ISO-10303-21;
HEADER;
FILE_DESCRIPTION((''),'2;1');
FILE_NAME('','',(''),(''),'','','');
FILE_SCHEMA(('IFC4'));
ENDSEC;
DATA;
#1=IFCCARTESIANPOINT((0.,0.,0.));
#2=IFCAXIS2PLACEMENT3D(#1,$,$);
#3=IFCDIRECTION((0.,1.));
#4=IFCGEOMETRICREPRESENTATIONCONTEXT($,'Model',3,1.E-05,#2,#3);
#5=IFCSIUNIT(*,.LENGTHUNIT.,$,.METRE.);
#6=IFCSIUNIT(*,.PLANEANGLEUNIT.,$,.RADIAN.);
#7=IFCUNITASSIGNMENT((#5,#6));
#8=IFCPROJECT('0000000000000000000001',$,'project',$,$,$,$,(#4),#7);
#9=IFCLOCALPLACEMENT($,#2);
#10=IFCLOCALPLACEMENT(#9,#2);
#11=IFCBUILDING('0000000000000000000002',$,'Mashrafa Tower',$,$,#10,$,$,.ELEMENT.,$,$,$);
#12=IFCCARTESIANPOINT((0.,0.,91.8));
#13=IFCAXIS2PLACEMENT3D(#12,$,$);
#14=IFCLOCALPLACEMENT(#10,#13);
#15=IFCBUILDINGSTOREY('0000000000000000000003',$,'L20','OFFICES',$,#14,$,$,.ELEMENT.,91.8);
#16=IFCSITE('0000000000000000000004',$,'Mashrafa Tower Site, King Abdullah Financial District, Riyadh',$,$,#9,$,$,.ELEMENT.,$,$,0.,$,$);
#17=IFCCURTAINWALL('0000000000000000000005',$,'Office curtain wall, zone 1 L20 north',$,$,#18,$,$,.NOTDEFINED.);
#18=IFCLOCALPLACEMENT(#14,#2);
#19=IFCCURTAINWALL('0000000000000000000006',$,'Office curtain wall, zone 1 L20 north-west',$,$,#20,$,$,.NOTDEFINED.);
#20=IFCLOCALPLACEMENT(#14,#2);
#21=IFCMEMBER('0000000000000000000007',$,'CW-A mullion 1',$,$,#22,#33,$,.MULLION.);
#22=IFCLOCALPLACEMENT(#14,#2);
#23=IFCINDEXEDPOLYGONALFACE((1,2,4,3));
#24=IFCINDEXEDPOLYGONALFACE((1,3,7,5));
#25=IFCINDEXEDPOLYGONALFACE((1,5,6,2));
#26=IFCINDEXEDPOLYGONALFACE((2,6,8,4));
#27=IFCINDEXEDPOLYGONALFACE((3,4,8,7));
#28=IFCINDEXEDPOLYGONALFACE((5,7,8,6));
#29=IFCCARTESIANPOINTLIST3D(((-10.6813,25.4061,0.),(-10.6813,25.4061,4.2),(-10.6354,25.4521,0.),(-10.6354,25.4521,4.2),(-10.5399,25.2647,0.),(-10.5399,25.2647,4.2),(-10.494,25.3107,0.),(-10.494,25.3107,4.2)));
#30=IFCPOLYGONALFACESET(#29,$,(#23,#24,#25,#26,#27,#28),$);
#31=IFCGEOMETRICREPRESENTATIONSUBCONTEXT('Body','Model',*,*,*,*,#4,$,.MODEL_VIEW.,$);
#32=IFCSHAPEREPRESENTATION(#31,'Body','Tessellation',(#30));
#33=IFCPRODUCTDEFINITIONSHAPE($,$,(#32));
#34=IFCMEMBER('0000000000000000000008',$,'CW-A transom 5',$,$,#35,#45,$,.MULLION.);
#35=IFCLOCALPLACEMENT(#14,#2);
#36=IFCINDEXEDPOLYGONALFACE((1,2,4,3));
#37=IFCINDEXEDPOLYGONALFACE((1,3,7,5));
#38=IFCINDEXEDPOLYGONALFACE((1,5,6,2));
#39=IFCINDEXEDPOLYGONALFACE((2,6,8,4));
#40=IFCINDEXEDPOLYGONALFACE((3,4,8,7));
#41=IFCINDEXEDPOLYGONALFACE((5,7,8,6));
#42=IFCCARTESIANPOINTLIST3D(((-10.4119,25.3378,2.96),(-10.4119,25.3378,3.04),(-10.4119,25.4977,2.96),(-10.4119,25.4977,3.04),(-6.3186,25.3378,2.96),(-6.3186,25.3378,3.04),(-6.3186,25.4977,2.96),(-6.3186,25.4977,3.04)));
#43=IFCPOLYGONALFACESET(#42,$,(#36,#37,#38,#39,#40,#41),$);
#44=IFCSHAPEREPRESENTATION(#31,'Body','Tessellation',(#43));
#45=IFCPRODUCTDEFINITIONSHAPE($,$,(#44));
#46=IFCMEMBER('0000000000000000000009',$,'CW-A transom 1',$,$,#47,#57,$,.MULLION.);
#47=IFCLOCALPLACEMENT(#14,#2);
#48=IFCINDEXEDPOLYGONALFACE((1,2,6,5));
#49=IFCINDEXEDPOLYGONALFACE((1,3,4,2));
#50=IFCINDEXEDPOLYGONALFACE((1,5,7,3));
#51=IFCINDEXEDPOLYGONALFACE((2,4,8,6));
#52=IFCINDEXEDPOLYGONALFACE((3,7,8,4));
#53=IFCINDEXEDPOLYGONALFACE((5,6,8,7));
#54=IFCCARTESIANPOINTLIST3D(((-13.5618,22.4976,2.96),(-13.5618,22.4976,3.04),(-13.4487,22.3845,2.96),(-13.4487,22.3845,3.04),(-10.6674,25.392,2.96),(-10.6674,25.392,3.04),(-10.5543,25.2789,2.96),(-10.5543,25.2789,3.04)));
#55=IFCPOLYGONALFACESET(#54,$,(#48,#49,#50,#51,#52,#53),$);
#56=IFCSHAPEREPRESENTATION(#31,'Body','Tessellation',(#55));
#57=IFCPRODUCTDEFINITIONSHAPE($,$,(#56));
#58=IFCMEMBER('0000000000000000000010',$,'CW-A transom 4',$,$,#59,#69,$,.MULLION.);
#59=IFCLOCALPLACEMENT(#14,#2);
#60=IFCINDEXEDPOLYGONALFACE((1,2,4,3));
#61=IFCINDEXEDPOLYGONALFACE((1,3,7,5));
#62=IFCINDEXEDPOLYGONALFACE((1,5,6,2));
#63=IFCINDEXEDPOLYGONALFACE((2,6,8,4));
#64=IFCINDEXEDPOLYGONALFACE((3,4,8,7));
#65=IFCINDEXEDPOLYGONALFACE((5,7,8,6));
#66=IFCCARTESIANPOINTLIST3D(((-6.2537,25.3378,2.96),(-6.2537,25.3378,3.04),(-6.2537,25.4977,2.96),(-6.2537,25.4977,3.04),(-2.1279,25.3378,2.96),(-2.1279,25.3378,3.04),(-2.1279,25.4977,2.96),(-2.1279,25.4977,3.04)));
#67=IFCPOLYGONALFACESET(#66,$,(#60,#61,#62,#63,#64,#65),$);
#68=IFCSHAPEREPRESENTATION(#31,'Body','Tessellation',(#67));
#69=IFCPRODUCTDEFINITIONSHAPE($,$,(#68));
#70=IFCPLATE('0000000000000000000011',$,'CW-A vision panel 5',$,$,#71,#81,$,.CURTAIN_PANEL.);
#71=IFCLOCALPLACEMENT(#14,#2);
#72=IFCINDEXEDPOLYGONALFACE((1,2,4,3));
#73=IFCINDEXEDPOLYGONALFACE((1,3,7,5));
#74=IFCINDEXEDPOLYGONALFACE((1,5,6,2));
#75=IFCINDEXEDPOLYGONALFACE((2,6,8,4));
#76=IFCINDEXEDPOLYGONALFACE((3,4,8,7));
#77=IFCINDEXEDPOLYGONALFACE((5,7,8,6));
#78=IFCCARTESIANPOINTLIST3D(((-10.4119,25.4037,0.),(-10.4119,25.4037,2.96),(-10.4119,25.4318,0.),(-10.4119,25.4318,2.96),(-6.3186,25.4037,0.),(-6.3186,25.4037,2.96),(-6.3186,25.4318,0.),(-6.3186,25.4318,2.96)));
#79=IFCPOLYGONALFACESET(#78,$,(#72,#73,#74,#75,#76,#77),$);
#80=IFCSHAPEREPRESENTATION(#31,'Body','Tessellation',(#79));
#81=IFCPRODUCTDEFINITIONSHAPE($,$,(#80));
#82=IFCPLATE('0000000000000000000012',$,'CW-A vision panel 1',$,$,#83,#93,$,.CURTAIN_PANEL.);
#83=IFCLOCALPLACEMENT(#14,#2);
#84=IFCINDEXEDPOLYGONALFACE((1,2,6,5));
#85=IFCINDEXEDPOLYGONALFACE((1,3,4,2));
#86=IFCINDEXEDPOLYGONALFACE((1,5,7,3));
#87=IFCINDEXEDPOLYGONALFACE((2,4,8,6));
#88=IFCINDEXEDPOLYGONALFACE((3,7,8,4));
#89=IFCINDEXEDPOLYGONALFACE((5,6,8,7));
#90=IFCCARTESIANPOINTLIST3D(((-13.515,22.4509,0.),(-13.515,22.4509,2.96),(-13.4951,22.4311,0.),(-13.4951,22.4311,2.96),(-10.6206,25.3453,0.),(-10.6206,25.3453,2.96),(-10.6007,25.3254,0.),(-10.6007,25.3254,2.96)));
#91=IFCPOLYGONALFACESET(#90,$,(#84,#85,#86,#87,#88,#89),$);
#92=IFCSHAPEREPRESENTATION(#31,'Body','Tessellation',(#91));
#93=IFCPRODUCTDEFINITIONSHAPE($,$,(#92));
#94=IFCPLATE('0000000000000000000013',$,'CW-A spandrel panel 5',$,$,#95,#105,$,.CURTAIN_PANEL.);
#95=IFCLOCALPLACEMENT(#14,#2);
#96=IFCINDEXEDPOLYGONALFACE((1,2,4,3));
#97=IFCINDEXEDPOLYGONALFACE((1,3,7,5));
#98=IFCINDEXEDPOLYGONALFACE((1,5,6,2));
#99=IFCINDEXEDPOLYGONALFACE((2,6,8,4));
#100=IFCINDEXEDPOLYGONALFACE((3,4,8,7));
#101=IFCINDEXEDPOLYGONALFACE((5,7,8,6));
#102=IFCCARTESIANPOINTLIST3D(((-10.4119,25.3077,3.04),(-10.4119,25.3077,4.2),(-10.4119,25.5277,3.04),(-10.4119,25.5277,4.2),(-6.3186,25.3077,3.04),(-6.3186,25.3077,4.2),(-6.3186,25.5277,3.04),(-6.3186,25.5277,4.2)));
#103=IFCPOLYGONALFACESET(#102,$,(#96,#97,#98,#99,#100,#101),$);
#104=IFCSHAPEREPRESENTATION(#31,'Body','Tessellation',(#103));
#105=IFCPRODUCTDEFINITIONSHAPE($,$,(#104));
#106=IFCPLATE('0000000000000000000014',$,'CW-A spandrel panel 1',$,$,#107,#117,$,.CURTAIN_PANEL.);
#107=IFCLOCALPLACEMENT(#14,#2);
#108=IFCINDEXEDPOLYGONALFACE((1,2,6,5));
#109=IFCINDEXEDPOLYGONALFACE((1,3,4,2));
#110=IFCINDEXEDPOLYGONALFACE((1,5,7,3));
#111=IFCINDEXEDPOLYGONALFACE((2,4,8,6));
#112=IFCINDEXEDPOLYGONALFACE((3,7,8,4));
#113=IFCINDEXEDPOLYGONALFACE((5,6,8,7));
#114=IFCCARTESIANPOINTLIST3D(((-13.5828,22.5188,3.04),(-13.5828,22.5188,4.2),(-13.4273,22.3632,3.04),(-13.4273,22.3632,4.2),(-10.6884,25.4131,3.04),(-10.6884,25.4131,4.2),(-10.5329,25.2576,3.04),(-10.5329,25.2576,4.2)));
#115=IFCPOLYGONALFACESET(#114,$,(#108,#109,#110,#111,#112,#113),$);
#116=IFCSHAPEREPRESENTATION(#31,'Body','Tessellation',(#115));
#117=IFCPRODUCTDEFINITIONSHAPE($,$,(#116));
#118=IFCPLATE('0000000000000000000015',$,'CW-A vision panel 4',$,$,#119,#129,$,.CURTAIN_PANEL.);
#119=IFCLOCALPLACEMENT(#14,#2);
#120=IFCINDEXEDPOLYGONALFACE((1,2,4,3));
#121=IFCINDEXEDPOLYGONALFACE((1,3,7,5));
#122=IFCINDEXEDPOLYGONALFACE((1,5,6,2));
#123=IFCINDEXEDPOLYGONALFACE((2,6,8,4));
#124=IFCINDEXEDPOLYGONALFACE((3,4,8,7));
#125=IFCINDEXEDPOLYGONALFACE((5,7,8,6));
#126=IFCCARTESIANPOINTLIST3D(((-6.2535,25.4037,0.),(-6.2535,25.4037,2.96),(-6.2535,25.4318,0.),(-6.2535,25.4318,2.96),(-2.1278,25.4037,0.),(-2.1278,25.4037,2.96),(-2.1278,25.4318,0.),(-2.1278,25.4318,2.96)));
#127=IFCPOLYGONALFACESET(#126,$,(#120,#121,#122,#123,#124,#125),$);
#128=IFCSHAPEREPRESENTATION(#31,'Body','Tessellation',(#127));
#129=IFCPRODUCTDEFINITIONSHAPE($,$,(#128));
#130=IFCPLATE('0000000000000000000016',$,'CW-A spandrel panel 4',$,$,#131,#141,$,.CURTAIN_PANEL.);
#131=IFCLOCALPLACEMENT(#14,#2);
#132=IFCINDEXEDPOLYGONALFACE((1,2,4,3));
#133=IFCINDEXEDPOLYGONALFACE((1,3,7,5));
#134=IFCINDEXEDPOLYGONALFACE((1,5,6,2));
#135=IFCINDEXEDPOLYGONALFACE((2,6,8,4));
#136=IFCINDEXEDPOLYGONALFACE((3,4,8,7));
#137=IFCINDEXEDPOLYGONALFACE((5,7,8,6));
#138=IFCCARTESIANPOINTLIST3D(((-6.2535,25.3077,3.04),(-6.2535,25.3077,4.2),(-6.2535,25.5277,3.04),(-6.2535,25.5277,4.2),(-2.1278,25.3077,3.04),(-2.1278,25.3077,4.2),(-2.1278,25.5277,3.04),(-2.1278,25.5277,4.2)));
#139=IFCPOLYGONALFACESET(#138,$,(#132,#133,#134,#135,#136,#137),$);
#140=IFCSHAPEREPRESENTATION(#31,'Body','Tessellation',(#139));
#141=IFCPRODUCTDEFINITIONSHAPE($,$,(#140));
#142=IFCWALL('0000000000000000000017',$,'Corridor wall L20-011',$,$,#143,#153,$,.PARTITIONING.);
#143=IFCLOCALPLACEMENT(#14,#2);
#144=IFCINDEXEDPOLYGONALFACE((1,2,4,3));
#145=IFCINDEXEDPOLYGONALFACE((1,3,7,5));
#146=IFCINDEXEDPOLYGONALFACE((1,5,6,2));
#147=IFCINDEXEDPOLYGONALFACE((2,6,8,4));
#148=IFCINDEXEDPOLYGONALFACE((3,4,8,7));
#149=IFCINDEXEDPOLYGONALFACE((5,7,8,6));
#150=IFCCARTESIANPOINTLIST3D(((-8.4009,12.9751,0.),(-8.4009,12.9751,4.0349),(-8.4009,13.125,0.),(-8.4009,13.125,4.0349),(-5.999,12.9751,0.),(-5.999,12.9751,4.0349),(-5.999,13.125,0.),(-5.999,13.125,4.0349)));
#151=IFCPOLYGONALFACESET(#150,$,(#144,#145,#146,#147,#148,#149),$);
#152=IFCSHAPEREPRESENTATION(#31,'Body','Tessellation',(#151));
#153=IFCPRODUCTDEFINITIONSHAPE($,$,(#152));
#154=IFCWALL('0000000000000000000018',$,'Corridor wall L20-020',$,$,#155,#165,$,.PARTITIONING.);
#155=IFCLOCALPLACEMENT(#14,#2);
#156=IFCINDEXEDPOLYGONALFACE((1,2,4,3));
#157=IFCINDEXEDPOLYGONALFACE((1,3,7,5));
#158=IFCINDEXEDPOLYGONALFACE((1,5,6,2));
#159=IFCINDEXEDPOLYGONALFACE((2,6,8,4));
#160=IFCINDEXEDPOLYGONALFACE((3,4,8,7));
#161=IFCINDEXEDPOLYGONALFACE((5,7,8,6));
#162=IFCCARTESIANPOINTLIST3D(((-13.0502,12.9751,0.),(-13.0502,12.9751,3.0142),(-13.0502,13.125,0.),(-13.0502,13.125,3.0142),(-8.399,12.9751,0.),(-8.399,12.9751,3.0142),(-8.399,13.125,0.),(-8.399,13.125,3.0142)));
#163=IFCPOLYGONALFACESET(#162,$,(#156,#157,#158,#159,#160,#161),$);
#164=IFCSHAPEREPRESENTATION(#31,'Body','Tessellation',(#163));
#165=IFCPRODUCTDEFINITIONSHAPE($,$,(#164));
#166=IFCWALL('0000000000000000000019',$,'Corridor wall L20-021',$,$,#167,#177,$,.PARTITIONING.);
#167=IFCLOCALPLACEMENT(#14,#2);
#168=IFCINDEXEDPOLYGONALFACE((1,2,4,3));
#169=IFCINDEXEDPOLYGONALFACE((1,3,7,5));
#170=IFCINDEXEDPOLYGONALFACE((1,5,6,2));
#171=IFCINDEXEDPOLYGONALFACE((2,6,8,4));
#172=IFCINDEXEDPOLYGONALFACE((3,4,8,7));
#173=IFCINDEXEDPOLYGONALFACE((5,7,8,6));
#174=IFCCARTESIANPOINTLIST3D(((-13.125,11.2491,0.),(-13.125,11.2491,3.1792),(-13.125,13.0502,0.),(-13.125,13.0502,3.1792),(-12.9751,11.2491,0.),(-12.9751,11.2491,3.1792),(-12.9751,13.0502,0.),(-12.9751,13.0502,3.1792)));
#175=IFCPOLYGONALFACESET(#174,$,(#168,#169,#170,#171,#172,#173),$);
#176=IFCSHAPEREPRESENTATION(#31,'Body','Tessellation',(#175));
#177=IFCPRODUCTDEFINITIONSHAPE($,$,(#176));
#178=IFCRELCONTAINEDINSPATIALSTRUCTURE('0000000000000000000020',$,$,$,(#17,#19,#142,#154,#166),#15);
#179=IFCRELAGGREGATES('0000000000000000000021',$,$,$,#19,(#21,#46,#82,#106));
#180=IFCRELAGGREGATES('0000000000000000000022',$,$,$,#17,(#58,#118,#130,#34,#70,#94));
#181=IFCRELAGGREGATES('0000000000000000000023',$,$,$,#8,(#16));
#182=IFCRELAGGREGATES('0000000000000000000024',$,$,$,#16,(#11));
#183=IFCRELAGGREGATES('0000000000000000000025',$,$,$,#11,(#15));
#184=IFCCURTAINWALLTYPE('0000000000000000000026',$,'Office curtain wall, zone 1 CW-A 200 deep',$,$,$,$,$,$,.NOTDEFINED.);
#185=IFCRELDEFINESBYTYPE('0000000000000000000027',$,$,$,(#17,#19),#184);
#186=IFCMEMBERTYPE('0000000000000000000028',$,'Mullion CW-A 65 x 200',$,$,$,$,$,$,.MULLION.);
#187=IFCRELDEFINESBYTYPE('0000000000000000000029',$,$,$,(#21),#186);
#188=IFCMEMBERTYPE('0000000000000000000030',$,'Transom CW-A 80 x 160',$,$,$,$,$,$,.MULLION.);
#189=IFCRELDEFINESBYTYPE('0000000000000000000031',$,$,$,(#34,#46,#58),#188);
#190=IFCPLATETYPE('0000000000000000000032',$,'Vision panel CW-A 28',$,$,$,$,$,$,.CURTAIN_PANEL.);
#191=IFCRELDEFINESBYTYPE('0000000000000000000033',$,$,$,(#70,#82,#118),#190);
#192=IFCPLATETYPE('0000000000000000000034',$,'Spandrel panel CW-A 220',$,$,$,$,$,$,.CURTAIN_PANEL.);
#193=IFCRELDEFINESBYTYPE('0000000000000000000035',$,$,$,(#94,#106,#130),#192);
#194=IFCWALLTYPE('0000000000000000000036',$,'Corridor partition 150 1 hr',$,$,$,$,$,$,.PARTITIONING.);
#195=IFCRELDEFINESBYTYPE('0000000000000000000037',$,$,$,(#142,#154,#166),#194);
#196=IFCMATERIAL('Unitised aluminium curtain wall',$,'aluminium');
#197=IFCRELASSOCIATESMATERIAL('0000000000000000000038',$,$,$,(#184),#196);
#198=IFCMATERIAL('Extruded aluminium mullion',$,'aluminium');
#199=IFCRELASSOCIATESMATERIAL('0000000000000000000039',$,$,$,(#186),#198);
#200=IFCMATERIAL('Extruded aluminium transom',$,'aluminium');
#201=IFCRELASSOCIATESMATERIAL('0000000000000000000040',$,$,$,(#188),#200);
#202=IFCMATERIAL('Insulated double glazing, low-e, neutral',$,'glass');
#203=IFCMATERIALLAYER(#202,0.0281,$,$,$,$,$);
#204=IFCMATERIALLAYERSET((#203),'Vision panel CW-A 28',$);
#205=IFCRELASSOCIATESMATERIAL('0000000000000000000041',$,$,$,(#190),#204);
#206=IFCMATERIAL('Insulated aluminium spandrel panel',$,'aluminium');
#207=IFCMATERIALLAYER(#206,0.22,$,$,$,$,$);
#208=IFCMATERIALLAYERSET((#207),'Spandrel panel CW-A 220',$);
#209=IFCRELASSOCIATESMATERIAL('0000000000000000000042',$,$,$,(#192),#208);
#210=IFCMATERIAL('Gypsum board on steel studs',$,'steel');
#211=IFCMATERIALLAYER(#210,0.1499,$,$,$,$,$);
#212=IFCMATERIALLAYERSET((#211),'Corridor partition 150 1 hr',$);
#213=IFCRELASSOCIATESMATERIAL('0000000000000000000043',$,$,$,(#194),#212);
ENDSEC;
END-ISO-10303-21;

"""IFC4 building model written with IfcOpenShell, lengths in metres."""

from ifc_helpers import new_model, si_unit, direction, frame, frame_2d, origin, origin_2d, place, context, subcontext, project, spatial, rectangle, extrude, source, transform, mapped, material, layer, layer_set, material_profile, profile_set, type_object, type_shapes, element, aggregate, save


model = new_model("IFC4")

# Units and contexts
model_context = context("Model", 3, precision=1e-05, world=origin(), true_north=direction((0.0, 1.0)))
body_context = subcontext(model_context, "Body", "Model", "MODEL_VIEW")
ifc_project = project(units=[si_unit("LENGTHUNIT", "METRE"), si_unit("PLANEANGLEUNIT", "RADIAN")], contexts=[model_context])

# Site, building, storey
site_placement = place(None, origin())
site = spatial("IfcSite", under=ifc_project, at=site_placement, Name="Mashrafa Tower Site, King Abdullah Financial District, Riyadh", CompositionType="ELEMENT", RefElevation=0.0)
building_placement = place(site_placement, origin())
building = spatial("IfcBuilding", under=site, at=building_placement, Name="Mashrafa Tower", CompositionType="ELEMENT")
storey_placement = place(building_placement, frame((0.0, 0.0, 91.8)))
storey = spatial("IfcBuildingStorey", under=building, at=storey_placement, Name="L20", Description="OFFICES", CompositionType="ELEMENT", Elevation=91.8)

# Curtain wall
ifc_material_1 = material(Name="Unitised aluminium curtain wall", Category="aluminium")
curtain_wall_type = type_object("IfcCurtainWallType", Name="Office curtain wall, zone 1 CW-A 200 deep", PredefinedType="NOTDEFINED", material=ifc_material_1)
curtain_wall_1_placement = place(storey_placement, origin())
curtain_wall_1 = element("IfcCurtainWall", 1, at=curtain_wall_1_placement, inside=storey, type_object=curtain_wall_type, Name="Office curtain wall, zone 1 L20 north", PredefinedType="NOTDEFINED")
ifc_material_2 = material(Name="Extruded aluminium mullion", Category="aluminium")
ifc_material_profile_1 = material_profile(ifc_material_2, rectangle(XDim=0.2, YDim=0.0649, at=origin_2d()), Name="Mullion 65x200")
ifc_profile_set_1 = profile_set([ifc_material_profile_1], Name="Extruded aluminium mullion")
member_type_1 = type_object("IfcMemberType", Name="Mullion CW-A 65 x 200", PredefinedType="MULLION", material=ifc_profile_set_1)
shared_shape_1 = source(origin(), body_context, "Body", "SweptSolid", [
    extrude(rectangle(XDim=0.2, YDim=0.0649, at=origin_2d()), origin(), (0.0, 0.0, 1.0), 4.2),
])
type_shapes(member_type_1, [shared_shape_1])

# Curtain wall, member
curtain_wall_2_placement = place(storey_placement, origin())
curtain_wall_2 = element("IfcCurtainWall", 2, at=curtain_wall_2_placement, inside=storey, type_object=curtain_wall_type, Name="Office curtain wall, zone 1 L20 north-west", PredefinedType="NOTDEFINED")
member_1_placement = place(storey_placement, frame((-10.5876, 25.3584, 0.0), z_axis=(0.0, 0.0, 1.0), x_axis=(0.707107, -0.707107, 0.0)))
member_1 = element("IfcMember", 3, at=member_1_placement, type_object=member_type_1, Name="CW-A mullion 1", PredefinedType="MULLION", context=body_context, shape_type="MappedRepresentation", body=[
    mapped(shared_shape_1, transform((0.0, 0.0, 0.0))),
])

# Members
ifc_material_3 = material(Name="Extruded aluminium transom", Category="aluminium")
ifc_material_profile_2 = material_profile(ifc_material_3, rectangle(XDim=0.1599, YDim=0.0801, at=origin_2d()), Name="Transom 80x160")
ifc_profile_set_2 = profile_set([ifc_material_profile_2], Name="Extruded aluminium transom")
member_type_2 = type_object("IfcMemberType", Name="Transom CW-A 80 x 160", PredefinedType="MULLION", material=ifc_profile_set_2)
shared_shape_2 = source(origin(), body_context, "Body", "SweptSolid", [
    extrude(rectangle(XDim=0.1599, YDim=0.0801, at=origin_2d()), origin(), (0.0, 0.0, 1.0), 4.0933),
])
member_2_placement = place(storey_placement, frame((-6.3186, 25.4177, 3.0), z_axis=(-1.0, 0.0, 0.0), x_axis=(0.0, -1.0, 0.0)))
member_2 = element("IfcMember", 4, at=member_2_placement, type_object=member_type_2, Name="CW-A transom 5", PredefinedType="MULLION", context=body_context, shape_type="MappedRepresentation", body=[
    mapped(shared_shape_2, transform((0.0, 0.0, 0.0))),
])
member_3_placement = place(storey_placement, frame((-10.6108, 25.3354, 3.0), z_axis=(-0.707107, -0.707107, 0.0), x_axis=(0.707107, -0.707107, 0.0)))
member_3 = element("IfcMember", 5, at=member_3_placement, type_object=member_type_2, Name="CW-A transom 1", PredefinedType="MULLION", context=body_context, shape_type="MappedRepresentation", body=[
    mapped(shared_shape_2, transform((0.0, 0.0, 0.0))),
])
shared_shape_3 = source(origin(), body_context, "Body", "SweptSolid", [
    extrude(rectangle(XDim=0.1599, YDim=0.0801, at=origin_2d()), origin(), (0.0, 0.0, 1.0), 4.1257),
])
type_shapes(member_type_2, [shared_shape_2, shared_shape_3])
member_4_placement = place(storey_placement, frame((-2.1279, 25.4177, 3.0), z_axis=(-1.0, 0.0, 0.0), x_axis=(0.0, -1.0, 0.0)))
member_4 = element("IfcMember", 6, at=member_4_placement, type_object=member_type_2, Name="CW-A transom 4", PredefinedType="MULLION", context=body_context, shape_type="MappedRepresentation", body=[
    mapped(shared_shape_3, transform((0.0, 0.0, 0.0))),
])

# Plates
ifc_material_4 = material(Name="Insulated double glazing, low-e, neutral", Category="glass")
ifc_layer_1 = layer(ifc_material_4, 0.0281)
ifc_layer_set_1 = layer_set([ifc_layer_1], Name="Vision panel CW-A 28")
plate_type_1 = type_object("IfcPlateType", Name="Vision panel CW-A 28", PredefinedType="CURTAIN_PANEL", material=ifc_layer_set_1)
shared_shape_4 = source(origin(), body_context, "Body", "SweptSolid", [
    extrude(rectangle(XDim=4.0933, YDim=0.0281, at=origin_2d()), origin(), (0.0, 0.0, 1.0), 2.96),
])
plate_1_placement = place(storey_placement, frame((-8.3652, 25.4177, 0.0), z_axis=(0.0, 0.0, 1.0), x_axis=(-1.0, 0.0, 0.0)))
plate_1 = element("IfcPlate", 7, at=plate_1_placement, type_object=plate_type_1, Name="CW-A vision panel 5", PredefinedType="CURTAIN_PANEL", context=body_context, shape_type="MappedRepresentation", body=[
    mapped(shared_shape_4, transform((0.0, 0.0, 0.0))),
])
plate_2_placement = place(storey_placement, frame((-12.0579, 23.8882, 0.0), z_axis=(0.0, 0.0, 1.0), x_axis=(-0.707107, -0.707107, 0.0)))
plate_2 = element("IfcPlate", 8, at=plate_2_placement, type_object=plate_type_1, Name="CW-A vision panel 1", PredefinedType="CURTAIN_PANEL", context=body_context, shape_type="MappedRepresentation", body=[
    mapped(shared_shape_4, transform((0.0, 0.0, 0.0))),
])
ifc_material_5 = material(Name="Insulated aluminium spandrel panel", Category="aluminium")
ifc_layer_2 = layer(ifc_material_5, 0.22)
ifc_layer_set_2 = layer_set([ifc_layer_2], Name="Spandrel panel CW-A 220")
plate_type_2 = type_object("IfcPlateType", Name="Spandrel panel CW-A 220", PredefinedType="CURTAIN_PANEL", material=ifc_layer_set_2)
shared_shape_5 = source(origin(), body_context, "Body", "SweptSolid", [
    extrude(rectangle(XDim=4.0933, YDim=0.22, at=origin_2d()), origin(), (0.0, 0.0, 1.0), 1.1599),
])
plate_3_placement = place(storey_placement, frame((-8.3652, 25.4177, 3.04), z_axis=(0.0, 0.0, 1.0), x_axis=(-1.0, 0.0, 0.0)))
plate_3 = element("IfcPlate", 9, at=plate_3_placement, type_object=plate_type_2, Name="CW-A spandrel panel 5", PredefinedType="CURTAIN_PANEL", context=body_context, shape_type="MappedRepresentation", body=[
    mapped(shared_shape_5, transform((0.0, 0.0, 0.0))),
])
plate_4_placement = place(storey_placement, frame((-12.0579, 23.8882, 3.04), z_axis=(0.0, 0.0, 1.0), x_axis=(-0.707107, -0.707107, 0.0)))
plate_4 = element("IfcPlate", 10, at=plate_4_placement, type_object=plate_type_2, Name="CW-A spandrel panel 1", PredefinedType="CURTAIN_PANEL", context=body_context, shape_type="MappedRepresentation", body=[
    mapped(shared_shape_5, transform((0.0, 0.0, 0.0))),
])
aggregate(curtain_wall_2, [member_1, member_3, plate_2, plate_4])
shared_shape_6 = source(origin(), body_context, "Body", "SweptSolid", [
    extrude(rectangle(XDim=4.1257, YDim=0.0281, at=origin_2d()), origin(), (0.0, 0.0, 1.0), 2.96),
])
type_shapes(plate_type_1, [shared_shape_4, shared_shape_6])
plate_5_placement = place(storey_placement, frame((-4.1907, 25.4177, 0.0), z_axis=(0.0, 0.0, 1.0), x_axis=(-1.0, 0.0, 0.0)))
plate_5 = element("IfcPlate", 11, at=plate_5_placement, type_object=plate_type_1, Name="CW-A vision panel 4", PredefinedType="CURTAIN_PANEL", context=body_context, shape_type="MappedRepresentation", body=[
    mapped(shared_shape_6, transform((0.0, 0.0, 0.0))),
])
shared_shape_7 = source(origin(), body_context, "Body", "SweptSolid", [
    extrude(rectangle(XDim=4.1257, YDim=0.22, at=origin_2d()), origin(), (0.0, 0.0, 1.0), 1.1599),
])
type_shapes(plate_type_2, [shared_shape_5, shared_shape_7])
plate_6_placement = place(storey_placement, frame((-4.1907, 25.4177, 3.04), z_axis=(0.0, 0.0, 1.0), x_axis=(-1.0, 0.0, 0.0)))
plate_6 = element("IfcPlate", 12, at=plate_6_placement, type_object=plate_type_2, Name="CW-A spandrel panel 4", PredefinedType="CURTAIN_PANEL", context=body_context, shape_type="MappedRepresentation", body=[
    mapped(shared_shape_7, transform((0.0, 0.0, 0.0))),
])
aggregate(curtain_wall_1, [member_4, plate_5, plate_6, member_2, plate_1, plate_3])

# Walls
ifc_material_6 = material(Name="Gypsum board on steel studs", Category="steel")
ifc_layer_3 = layer(ifc_material_6, 0.1499)
ifc_layer_set_3 = layer_set([ifc_layer_3], Name="Corridor partition 150 1 hr")
wall_type_1 = type_object("IfcWallType", Name="Corridor partition 150 1 hr", PredefinedType="PARTITIONING", material=ifc_layer_set_3)
wall_1_placement = place(storey_placement, frame((-5.999, 13.05, 0.0), z_axis=(0.0, 0.0, 1.0), x_axis=(-1.0, 0.0, 0.0)))
element("IfcWall", 13, at=wall_1_placement, inside=storey, type_object=wall_type_1, Name="Corridor wall L20-011", PredefinedType="PARTITIONING", context=body_context, shape_type="SweptSolid", body=[
    extrude(rectangle(XDim=2.4019, YDim=0.1499, at=frame_2d((1.2009, 0.0))), origin(), (0.0, 0.0, 1.0), 4.0349),
])
wall_2_placement = place(storey_placement, frame((-8.3989, 13.05, 0.0), z_axis=(0.0, 0.0, 1.0), x_axis=(-1.0, 0.0, 0.0)))
element("IfcWall", 14, at=wall_2_placement, inside=storey, type_object=wall_type_1, Name="Corridor wall L20-020", PredefinedType="PARTITIONING", context=body_context, shape_type="SweptSolid", body=[
    extrude(rectangle(XDim=4.6511, YDim=0.1499, at=frame_2d((2.3257, 0.0))), origin(), (0.0, 0.0, 1.0), 3.0142),
])
wall_3_placement = place(storey_placement, frame((-13.05, 13.05, 0.0), z_axis=(0.0, 0.0, 1.0), x_axis=(0.0, -1.0, 0.0)))
element("IfcWall", 15, at=wall_3_placement, inside=storey, type_object=wall_type_1, Name="Corridor wall L20-021", PredefinedType="PARTITIONING", context=body_context, shape_type="SweptSolid", body=[
    extrude(rectangle(XDim=1.801, YDim=0.1499, at=frame_2d((0.9004, 0.0))), origin(), (0.0, 0.0, 1.0), 3.1792),
])

save(model, "model.ifc")
